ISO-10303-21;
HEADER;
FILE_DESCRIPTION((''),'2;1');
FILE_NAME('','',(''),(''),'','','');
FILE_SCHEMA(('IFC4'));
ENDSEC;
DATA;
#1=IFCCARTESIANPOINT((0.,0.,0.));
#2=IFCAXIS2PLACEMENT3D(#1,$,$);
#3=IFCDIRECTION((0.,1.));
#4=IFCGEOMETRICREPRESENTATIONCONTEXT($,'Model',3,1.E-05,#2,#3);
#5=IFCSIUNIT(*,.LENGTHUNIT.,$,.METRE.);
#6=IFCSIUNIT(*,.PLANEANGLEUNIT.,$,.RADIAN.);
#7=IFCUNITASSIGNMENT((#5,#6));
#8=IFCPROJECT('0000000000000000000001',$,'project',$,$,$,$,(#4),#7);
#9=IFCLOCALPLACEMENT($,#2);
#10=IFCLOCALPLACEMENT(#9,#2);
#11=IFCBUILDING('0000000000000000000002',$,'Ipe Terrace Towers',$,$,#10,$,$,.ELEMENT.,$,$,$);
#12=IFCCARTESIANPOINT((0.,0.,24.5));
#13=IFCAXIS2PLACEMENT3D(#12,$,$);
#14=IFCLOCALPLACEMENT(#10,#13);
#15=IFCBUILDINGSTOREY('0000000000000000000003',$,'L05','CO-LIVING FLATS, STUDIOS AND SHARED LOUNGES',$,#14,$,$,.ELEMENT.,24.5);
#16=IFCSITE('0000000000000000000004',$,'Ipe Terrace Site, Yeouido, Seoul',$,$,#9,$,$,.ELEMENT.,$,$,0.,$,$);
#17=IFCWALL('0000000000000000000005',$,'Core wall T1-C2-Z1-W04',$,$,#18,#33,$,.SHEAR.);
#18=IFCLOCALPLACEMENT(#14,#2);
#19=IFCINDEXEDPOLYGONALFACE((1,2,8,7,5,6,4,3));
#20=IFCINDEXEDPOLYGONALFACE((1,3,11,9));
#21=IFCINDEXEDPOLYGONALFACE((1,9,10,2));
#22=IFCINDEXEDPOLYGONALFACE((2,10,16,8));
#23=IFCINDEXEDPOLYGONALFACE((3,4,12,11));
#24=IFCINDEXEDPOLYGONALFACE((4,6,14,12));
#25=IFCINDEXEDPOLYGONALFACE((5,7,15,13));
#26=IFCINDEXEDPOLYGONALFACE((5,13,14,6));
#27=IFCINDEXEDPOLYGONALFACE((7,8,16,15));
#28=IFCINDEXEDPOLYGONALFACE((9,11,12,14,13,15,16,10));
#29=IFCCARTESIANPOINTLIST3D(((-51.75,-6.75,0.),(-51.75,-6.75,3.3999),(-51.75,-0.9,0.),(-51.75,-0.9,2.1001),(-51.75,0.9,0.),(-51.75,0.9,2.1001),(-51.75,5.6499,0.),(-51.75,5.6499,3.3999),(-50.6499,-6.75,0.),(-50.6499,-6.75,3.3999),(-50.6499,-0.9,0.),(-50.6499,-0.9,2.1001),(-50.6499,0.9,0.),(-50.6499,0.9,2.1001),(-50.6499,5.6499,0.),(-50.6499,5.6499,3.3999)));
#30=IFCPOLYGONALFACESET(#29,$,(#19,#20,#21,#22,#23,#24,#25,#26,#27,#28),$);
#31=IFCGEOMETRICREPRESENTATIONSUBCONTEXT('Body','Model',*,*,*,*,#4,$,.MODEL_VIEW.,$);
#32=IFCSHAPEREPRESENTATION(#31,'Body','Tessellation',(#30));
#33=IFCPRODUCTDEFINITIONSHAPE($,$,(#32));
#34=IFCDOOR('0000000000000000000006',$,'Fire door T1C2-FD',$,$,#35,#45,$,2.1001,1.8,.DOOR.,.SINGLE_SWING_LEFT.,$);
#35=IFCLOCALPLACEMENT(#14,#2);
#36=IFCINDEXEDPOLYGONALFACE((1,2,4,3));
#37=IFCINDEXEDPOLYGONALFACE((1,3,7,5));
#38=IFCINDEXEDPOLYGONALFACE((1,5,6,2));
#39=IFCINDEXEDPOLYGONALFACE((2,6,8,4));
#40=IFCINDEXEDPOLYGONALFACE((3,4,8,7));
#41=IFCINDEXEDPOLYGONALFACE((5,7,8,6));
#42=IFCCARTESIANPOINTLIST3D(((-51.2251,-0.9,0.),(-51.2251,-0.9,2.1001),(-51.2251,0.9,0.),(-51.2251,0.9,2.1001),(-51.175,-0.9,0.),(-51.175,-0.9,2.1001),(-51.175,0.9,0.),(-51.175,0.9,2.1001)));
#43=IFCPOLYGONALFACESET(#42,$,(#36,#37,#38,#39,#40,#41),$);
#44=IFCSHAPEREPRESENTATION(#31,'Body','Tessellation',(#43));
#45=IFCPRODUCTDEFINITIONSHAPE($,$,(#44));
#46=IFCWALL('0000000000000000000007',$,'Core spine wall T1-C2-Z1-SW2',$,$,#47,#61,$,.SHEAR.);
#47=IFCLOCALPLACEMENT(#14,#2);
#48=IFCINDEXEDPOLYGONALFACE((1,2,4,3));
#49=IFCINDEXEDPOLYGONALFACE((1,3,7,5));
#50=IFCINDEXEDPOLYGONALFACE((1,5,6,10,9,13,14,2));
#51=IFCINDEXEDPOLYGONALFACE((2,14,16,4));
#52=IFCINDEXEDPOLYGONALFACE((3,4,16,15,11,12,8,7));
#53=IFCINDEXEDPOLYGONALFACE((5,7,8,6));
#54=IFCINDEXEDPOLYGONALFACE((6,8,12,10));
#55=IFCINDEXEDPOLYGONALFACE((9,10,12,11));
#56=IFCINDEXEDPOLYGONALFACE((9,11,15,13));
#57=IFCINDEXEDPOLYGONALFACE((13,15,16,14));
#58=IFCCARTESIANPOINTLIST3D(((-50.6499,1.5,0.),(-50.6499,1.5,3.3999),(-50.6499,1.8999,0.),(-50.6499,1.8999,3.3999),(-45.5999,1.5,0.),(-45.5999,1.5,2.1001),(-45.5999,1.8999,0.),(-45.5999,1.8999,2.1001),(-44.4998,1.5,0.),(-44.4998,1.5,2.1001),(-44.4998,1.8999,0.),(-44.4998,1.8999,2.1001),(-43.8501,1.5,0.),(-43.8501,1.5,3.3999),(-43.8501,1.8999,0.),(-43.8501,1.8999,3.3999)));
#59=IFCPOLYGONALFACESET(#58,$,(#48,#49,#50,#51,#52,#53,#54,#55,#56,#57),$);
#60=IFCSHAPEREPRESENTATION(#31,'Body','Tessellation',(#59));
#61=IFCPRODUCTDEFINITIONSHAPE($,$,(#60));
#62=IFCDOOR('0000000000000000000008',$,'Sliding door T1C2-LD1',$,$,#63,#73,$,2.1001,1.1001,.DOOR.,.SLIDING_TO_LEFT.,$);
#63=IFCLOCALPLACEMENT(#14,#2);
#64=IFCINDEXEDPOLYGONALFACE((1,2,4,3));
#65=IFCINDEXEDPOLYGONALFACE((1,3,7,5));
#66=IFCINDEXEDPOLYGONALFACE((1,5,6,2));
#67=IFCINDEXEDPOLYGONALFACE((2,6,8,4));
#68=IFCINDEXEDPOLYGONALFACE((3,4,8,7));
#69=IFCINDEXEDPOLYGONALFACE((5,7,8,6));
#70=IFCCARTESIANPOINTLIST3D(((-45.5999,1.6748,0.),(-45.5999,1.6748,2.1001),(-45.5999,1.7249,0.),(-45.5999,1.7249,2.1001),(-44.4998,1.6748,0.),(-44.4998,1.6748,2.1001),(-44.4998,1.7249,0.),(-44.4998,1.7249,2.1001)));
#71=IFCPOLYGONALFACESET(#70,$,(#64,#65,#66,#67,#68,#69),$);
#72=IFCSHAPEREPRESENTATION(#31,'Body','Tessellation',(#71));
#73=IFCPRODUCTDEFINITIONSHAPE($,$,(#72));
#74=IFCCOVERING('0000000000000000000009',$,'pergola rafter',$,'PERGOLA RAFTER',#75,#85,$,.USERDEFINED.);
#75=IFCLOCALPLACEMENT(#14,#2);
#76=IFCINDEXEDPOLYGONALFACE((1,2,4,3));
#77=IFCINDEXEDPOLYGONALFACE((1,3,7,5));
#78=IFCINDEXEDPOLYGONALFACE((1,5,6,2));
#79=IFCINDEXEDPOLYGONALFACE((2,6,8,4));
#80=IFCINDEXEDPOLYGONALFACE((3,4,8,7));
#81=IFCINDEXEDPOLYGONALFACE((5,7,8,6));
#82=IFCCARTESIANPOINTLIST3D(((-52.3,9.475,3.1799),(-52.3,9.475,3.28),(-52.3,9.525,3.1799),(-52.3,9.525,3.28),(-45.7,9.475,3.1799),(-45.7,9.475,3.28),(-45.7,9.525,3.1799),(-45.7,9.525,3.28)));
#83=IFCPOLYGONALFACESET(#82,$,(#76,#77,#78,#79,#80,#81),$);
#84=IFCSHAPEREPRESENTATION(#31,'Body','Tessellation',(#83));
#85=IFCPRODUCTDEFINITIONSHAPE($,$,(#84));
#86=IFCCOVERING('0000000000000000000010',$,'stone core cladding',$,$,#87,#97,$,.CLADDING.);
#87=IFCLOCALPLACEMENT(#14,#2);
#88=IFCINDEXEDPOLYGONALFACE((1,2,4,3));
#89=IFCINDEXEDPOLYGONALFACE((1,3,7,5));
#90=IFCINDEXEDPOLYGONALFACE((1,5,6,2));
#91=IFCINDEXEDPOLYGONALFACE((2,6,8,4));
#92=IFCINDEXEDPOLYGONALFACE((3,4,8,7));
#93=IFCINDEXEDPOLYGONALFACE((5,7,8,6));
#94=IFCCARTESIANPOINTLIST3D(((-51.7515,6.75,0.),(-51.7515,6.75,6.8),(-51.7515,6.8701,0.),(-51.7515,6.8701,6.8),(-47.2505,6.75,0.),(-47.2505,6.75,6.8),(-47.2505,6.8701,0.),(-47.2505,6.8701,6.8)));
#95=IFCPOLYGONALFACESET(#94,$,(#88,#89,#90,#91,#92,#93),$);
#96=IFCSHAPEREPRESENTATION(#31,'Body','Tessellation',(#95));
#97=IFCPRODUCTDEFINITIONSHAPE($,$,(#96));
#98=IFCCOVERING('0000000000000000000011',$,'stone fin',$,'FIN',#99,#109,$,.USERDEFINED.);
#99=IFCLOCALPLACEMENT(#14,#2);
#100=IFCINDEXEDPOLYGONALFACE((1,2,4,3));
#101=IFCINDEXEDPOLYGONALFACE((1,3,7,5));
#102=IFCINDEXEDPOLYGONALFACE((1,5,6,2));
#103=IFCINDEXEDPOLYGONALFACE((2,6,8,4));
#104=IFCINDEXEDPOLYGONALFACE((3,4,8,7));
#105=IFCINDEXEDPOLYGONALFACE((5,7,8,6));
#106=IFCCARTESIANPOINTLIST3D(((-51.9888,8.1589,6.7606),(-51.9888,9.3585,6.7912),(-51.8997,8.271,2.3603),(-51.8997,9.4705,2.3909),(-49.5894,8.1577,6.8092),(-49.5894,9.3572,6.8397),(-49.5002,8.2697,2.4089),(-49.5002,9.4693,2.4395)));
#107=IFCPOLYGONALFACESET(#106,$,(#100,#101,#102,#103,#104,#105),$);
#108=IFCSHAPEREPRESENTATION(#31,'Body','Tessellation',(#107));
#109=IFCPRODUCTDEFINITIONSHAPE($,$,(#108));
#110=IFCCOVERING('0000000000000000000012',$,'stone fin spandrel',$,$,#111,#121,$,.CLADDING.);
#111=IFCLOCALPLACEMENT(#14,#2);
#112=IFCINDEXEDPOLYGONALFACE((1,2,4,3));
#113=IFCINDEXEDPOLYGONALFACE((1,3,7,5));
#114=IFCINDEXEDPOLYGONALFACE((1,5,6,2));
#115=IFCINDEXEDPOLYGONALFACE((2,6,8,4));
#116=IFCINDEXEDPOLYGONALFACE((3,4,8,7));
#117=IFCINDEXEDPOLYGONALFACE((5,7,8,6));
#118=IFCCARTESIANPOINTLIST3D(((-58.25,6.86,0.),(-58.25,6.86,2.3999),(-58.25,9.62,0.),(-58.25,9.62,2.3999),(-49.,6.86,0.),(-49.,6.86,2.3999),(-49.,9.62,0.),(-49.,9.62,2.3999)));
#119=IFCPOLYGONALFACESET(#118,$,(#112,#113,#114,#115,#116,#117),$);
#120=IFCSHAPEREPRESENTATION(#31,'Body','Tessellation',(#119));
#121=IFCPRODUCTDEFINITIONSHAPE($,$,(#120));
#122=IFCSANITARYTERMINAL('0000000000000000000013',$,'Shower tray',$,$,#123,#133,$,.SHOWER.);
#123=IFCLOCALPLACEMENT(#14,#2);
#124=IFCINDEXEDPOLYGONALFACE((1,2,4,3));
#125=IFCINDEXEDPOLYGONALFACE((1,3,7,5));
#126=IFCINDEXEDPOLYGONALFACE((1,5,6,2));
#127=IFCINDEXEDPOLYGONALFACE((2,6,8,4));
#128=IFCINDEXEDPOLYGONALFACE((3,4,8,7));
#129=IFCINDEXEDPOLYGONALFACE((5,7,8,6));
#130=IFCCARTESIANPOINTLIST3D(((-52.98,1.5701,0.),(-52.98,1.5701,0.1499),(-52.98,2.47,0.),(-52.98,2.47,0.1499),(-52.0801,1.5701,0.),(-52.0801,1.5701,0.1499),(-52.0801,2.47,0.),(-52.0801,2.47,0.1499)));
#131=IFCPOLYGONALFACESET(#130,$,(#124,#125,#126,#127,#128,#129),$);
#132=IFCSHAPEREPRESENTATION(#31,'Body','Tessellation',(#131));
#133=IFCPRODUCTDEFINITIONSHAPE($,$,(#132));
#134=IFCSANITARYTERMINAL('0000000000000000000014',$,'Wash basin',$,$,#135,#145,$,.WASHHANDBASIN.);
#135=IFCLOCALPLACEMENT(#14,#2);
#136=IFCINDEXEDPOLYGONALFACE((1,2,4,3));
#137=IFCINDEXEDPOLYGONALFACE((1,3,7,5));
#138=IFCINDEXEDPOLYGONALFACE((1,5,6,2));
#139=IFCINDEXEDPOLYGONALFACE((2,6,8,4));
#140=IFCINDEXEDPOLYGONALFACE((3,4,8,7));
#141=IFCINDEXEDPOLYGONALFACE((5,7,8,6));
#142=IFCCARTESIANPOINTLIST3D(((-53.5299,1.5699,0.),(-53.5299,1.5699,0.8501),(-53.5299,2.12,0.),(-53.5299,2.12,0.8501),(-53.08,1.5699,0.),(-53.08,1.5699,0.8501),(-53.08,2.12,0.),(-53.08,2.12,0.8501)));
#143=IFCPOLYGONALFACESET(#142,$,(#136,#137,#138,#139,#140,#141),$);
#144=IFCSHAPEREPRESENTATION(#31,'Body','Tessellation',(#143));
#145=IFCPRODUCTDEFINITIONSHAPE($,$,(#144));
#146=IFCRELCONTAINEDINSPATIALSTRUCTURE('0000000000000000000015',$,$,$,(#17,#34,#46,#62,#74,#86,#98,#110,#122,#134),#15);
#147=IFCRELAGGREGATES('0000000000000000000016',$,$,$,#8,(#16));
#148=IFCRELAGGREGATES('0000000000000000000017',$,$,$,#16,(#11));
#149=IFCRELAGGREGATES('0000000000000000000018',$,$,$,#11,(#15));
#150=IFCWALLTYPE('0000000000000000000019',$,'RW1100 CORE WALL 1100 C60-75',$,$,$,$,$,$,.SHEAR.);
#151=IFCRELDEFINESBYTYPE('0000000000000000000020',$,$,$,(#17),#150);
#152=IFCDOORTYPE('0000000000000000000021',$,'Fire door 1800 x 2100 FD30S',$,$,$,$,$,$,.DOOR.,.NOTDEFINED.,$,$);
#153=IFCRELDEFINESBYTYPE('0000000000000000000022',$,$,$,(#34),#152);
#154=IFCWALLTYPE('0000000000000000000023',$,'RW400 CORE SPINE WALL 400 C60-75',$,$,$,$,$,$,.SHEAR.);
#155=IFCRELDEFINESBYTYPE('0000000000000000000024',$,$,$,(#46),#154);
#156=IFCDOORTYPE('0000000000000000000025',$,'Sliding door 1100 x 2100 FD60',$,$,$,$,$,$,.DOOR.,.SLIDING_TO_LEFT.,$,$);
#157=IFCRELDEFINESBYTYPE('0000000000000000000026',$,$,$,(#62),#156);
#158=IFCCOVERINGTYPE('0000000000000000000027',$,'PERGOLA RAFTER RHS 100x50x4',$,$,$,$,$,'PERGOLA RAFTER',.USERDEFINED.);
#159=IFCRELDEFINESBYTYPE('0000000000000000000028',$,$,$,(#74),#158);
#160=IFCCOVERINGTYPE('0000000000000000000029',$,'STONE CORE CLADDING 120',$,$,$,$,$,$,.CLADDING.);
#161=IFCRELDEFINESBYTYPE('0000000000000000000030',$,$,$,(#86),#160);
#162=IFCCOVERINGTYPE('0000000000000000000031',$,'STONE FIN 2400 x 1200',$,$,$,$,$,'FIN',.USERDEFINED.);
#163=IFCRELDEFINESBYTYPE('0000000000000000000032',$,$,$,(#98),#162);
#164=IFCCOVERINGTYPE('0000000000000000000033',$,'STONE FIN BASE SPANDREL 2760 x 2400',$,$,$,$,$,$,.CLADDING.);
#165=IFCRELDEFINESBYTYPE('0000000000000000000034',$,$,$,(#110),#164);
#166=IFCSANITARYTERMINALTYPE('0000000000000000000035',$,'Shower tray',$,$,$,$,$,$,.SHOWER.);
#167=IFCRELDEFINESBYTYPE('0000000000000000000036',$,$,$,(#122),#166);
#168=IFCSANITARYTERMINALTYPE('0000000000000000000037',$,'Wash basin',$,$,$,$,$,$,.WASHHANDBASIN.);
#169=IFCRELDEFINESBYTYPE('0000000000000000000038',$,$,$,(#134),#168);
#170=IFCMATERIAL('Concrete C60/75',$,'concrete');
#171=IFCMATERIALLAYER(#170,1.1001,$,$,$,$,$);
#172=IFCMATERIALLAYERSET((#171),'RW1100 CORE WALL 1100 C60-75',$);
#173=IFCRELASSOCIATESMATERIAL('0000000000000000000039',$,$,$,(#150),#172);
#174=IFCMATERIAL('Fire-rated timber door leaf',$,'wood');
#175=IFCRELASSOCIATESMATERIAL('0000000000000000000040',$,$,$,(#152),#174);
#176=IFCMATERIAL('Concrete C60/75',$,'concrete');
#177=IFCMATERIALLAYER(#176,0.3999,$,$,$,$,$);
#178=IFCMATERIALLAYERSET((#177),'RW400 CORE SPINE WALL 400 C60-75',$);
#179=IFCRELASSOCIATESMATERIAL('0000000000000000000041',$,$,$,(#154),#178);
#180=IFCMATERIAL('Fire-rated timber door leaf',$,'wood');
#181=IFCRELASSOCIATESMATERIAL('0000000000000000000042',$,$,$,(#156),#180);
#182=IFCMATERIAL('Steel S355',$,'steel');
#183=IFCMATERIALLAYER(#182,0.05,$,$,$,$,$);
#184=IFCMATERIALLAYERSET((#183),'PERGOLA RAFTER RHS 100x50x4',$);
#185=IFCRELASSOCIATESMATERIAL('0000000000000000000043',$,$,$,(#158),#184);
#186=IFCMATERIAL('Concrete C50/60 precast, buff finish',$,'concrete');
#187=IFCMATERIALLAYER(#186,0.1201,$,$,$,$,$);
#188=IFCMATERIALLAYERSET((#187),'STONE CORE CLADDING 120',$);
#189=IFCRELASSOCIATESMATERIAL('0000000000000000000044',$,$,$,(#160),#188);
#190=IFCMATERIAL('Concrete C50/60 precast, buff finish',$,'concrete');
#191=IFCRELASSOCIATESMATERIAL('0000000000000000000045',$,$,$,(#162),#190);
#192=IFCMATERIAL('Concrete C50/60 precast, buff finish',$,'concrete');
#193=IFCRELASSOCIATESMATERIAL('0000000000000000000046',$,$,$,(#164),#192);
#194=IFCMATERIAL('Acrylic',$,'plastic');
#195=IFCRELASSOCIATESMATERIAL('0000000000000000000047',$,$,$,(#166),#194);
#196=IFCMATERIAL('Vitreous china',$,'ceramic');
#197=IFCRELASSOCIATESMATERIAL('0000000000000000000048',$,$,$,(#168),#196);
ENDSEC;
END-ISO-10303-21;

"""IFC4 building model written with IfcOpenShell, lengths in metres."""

from ifc_helpers import new_model, si_unit, direction, frame, frame_2d, origin, origin_2d, place, context, subcontext, project, spatial, rectangle, extrude, material, layer, layer_set, material_profile, profile_set, type_object, element, fill, save


model = new_model("IFC4")

# Units and contexts
model_context = context("Model", 3, precision=1e-05, world=origin(), true_north=direction((0.0, 1.0)))
body_context = subcontext(model_context, "Body", "Model", "MODEL_VIEW")
ifc_project = project(units=[si_unit("LENGTHUNIT", "METRE"), si_unit("PLANEANGLEUNIT", "RADIAN")], contexts=[model_context])

# Site, building, storey
site_placement = place(None, origin())
site = spatial("IfcSite", under=ifc_project, at=site_placement, Name="Ipe Terrace Site, Yeouido, Seoul", CompositionType="ELEMENT", RefElevation=0.0)
building_placement = place(site_placement, origin())
building = spatial("IfcBuilding", under=site, at=building_placement, Name="Ipe Terrace Towers", CompositionType="ELEMENT")
storey_placement = place(building_placement, frame((0.0, 0.0, 24.5)))
storey = spatial("IfcBuildingStorey", under=building, at=storey_placement, Name="L05", Description="CO-LIVING FLATS, STUDIOS AND SHARED LOUNGES", CompositionType="ELEMENT", Elevation=24.5)

# Walls, openings, doors
ifc_material_1 = material(Name="Concrete C60/75", Category="concrete")
ifc_layer_1 = layer(ifc_material_1, 1.1001)
ifc_layer_set_1 = layer_set([ifc_layer_1], Name="RW1100 CORE WALL 1100 C60-75")
wall_type_1 = type_object("IfcWallType", Name="RW1100 CORE WALL 1100 C60-75", PredefinedType="SHEAR", material=ifc_layer_set_1)
wall_1_placement = place(storey_placement, frame((-51.2, 5.6499, 0.0), z_axis=(0.0, 0.0, 1.0), x_axis=(0.0, -1.0, 0.0)))
wall_1 = element("IfcWall", 1, at=wall_1_placement, inside=storey, type_object=wall_type_1, Name="Core wall T1-C2-Z1-W04", PredefinedType="SHEAR", context=body_context, shape_type="SweptSolid", body=[
    extrude(rectangle(XDim=12.3999, YDim=1.1001, at=frame_2d((6.2, 0.0))), origin(), (0.0, 0.0, 1.0), 3.3999),
])
opening_1_placement = place(wall_1_placement, frame((4.75, 0.0, 0.0)))
opening_1 = element("IfcOpeningElement", 2, at=opening_1_placement, cuts=wall_1, PredefinedType="OPENING", context=body_context, shape_type="SweptSolid", body=[
    extrude(rectangle(XDim=1.8, YDim=2.1001, at=frame_2d((0.8999, 1.05))), frame((0.0, 0.5601, 0.0), z_axis=(0.0, -1.0, 0.0), x_axis=(1.0, 0.0, 0.0)), (0.0, 0.0, 1.0), 1.1201),
])
ifc_material_2 = material(Name="Fire-rated timber door leaf", Category="wood")
door_type_1 = type_object("IfcDoorType", Name="Fire door 1800 x 2100 FD30S", OperationType="NOTDEFINED", PredefinedType="DOOR", material=ifc_material_2)
door_1_placement = place(opening_1_placement, origin())
door_1 = element("IfcDoor", 3, at=door_1_placement, inside=storey, type_object=door_type_1, Name="Fire door T1C2-FD", OperationType="SINGLE_SWING_LEFT", OverallHeight=2.1001, OverallWidth=1.8, PredefinedType="DOOR", context=body_context, shape_type="SweptSolid", body=[
    extrude(rectangle(XDim=1.8, YDim=2.1001, at=frame_2d((0.8999, 1.05))), frame((0.0, 0.0249, 0.0), z_axis=(0.0, -1.0, 0.0), x_axis=(1.0, 0.0, 0.0)), (0.0, 0.0, 1.0), 0.05),
])
fill(opening_1, door_1)
ifc_material_3 = material(Name="Concrete C60/75", Category="concrete")
ifc_layer_2 = layer(ifc_material_3, 0.3999)
ifc_layer_set_2 = layer_set([ifc_layer_2], Name="RW400 CORE SPINE WALL 400 C60-75")
wall_type_2 = type_object("IfcWallType", Name="RW400 CORE SPINE WALL 400 C60-75", PredefinedType="SHEAR", material=ifc_layer_set_2)
wall_2_placement = place(storey_placement, frame((-50.6499, 1.7, 0.0), z_axis=(0.0, 0.0, 1.0), x_axis=(1.0, 0.0, 0.0)))
wall_2 = element("IfcWall", 4, at=wall_2_placement, inside=storey, type_object=wall_type_2, Name="Core spine wall T1-C2-Z1-SW2", PredefinedType="SHEAR", context=body_context, shape_type="SweptSolid", body=[
    extrude(rectangle(XDim=6.7998, YDim=0.3999, at=frame_2d((3.3999, 0.0))), origin(), (0.0, 0.0, 1.0), 3.3999),
])
opening_2_placement = place(wall_2_placement, frame((5.05, 0.0, 0.0)))
opening_2 = element("IfcOpeningElement", 5, at=opening_2_placement, cuts=wall_2, PredefinedType="OPENING", context=body_context, shape_type="SweptSolid", body=[
    extrude(rectangle(XDim=1.1001, YDim=2.1001, at=frame_2d((0.55, 1.05))), frame((0.0, 0.21, 0.0), z_axis=(0.0, -1.0, 0.0), x_axis=(1.0, 0.0, 0.0)), (0.0, 0.0, 1.0), 0.4199),
])
ifc_material_4 = material(Name="Fire-rated timber door leaf", Category="wood")
door_type_2 = type_object("IfcDoorType", Name="Sliding door 1100 x 2100 FD60", OperationType="SLIDING_TO_LEFT", PredefinedType="DOOR", material=ifc_material_4)
door_2_placement = place(opening_2_placement, origin())
door_2 = element("IfcDoor", 6, at=door_2_placement, inside=storey, type_object=door_type_2, Name="Sliding door T1C2-LD1", OperationType="SLIDING_TO_LEFT", OverallHeight=2.1001, OverallWidth=1.1001, PredefinedType="DOOR", context=body_context, shape_type="SweptSolid", body=[
    extrude(rectangle(XDim=1.1001, YDim=2.1001, at=frame_2d((0.55, 1.05))), frame((0.0, 0.0249, 0.0), z_axis=(0.0, -1.0, 0.0), x_axis=(1.0, 0.0, 0.0)), (0.0, 0.0, 1.0), 0.05),
])
fill(opening_2, door_2)

# Coverings
ifc_material_5 = material(Name="Steel S355", Category="steel")
ifc_layer_3 = layer(ifc_material_5, 0.05)
ifc_layer_set_3 = layer_set([ifc_layer_3], Name="PERGOLA RAFTER RHS 100x50x4")
covering_type_1 = type_object("IfcCoveringType", Name="PERGOLA RAFTER RHS 100x50x4", ElementType="PERGOLA RAFTER", PredefinedType="USERDEFINED", material=ifc_layer_set_3)
covering_1_placement = place(storey_placement, frame((-49.0, 9.5, 3.1799), z_axis=(0.0, 0.0, 1.0), x_axis=(1.0, 0.0, 0.0)))
element("IfcCovering", 7, at=covering_1_placement, inside=storey, type_object=covering_type_1, Name="pergola rafter", ObjectType="PERGOLA RAFTER", PredefinedType="USERDEFINED", context=body_context, shape_type="SweptSolid", body=[
    extrude(rectangle(XDim=6.6001, YDim=0.05, at=origin_2d()), origin(), (0.0, 0.0, 1.0), 0.1001),
])
ifc_material_6 = material(Name="Concrete C50/60 precast, buff finish", Category="concrete")
ifc_layer_4 = layer(ifc_material_6, 0.1201)
ifc_layer_set_4 = layer_set([ifc_layer_4], Name="STONE CORE CLADDING 120")
covering_type_2 = type_object("IfcCoveringType", Name="STONE CORE CLADDING 120", PredefinedType="CLADDING", material=ifc_layer_set_4)
covering_2_placement = place(storey_placement, frame((-49.501, 6.8101, 0.0), z_axis=(0.0, 0.0, 1.0), x_axis=(-1.0, 0.0, 0.0)))
element("IfcCovering", 8, at=covering_2_placement, inside=storey, type_object=covering_type_2, Name="stone core cladding", PredefinedType="CLADDING", context=body_context, shape_type="SweptSolid", body=[
    extrude(rectangle(XDim=4.501, YDim=0.1201, at=origin_2d()), origin(), (0.0, 0.0, 1.0), 6.8),
])
ifc_material_7 = material(Name="Concrete C50/60 precast, buff finish", Category="concrete")
ifc_material_profile_1 = material_profile(ifc_material_7, rectangle(XDim=2.3999, YDim=1.2, at=origin_2d()), Name="STONE FIN 2400 x 1200")
ifc_profile_set_1 = profile_set([ifc_material_profile_1], Name="Concrete C50/60 precast, buff finish")
covering_type_3 = type_object("IfcCoveringType", Name="STONE FIN 2400 x 1200", ElementType="FIN", PredefinedType="USERDEFINED", material=ifc_profile_set_1)
covering_3_placement = place(storey_placement, frame((-50.7, 8.8701, 2.3999), z_axis=(-0.020241, -0.025454, 0.999471), x_axis=(-0.999795, 0.000515, -0.020235)))
element("IfcCovering", 9, at=covering_3_placement, inside=storey, type_object=covering_type_3, Name="stone fin", ObjectType="FIN", PredefinedType="USERDEFINED", context=body_context, shape_type="SweptSolid", body=[
    extrude(rectangle(XDim=2.3999, YDim=1.2, at=origin_2d()), origin(), (0.0, 0.0, 1.0), 4.4026),
])
ifc_material_8 = material(Name="Concrete C50/60 precast, buff finish", Category="concrete")
ifc_material_profile_2 = material_profile(ifc_material_8, rectangle(XDim=2.76, YDim=2.3999, at=origin_2d()), Name="STONE FIN BASE SPANDREL 2760 x 2400")
ifc_profile_set_2 = profile_set([ifc_material_profile_2], Name="Concrete C50/60 precast, buff finish")
covering_type_4 = type_object("IfcCoveringType", Name="STONE FIN BASE SPANDREL 2760 x 2400", PredefinedType="CLADDING", material=ifc_profile_set_2)
covering_4_placement = place(storey_placement, frame((-49.0, 8.24, 1.2), z_axis=(-1.0, 0.0, 0.0), x_axis=(0.0, 1.0, 0.0)))
element("IfcCovering", 10, at=covering_4_placement, inside=storey, type_object=covering_type_4, Name="stone fin spandrel", PredefinedType="CLADDING", context=body_context, shape_type="SweptSolid", body=[
    extrude(rectangle(XDim=2.76, YDim=2.3999, at=origin_2d()), origin(), (0.0, 0.0, 1.0), 9.25),
])

# Sanitary terminals
ifc_material_9 = material(Name="Acrylic", Category="plastic")
sanitary_terminal_type_1 = type_object("IfcSanitaryTerminalType", Name="Shower tray", PredefinedType="SHOWER", material=ifc_material_9)
sanitary_terminal_1_placement = place(storey_placement, frame((-52.53, 2.02, 0.0), z_axis=(0.0, 0.0, 1.0), x_axis=(0.0, 1.0, 0.0)))
element("IfcSanitaryTerminal", 11, at=sanitary_terminal_1_placement, inside=storey, type_object=sanitary_terminal_type_1, Name="Shower tray", PredefinedType="SHOWER", context=body_context, shape_type="SweptSolid", body=[
    extrude(rectangle(XDim=0.8999, YDim=0.8999, at=origin_2d()), origin(), (0.0, 0.0, 1.0), 0.1499),
])
ifc_material_10 = material(Name="Vitreous china", Category="ceramic")
sanitary_terminal_type_2 = type_object("IfcSanitaryTerminalType", Name="Wash basin", PredefinedType="WASHHANDBASIN", material=ifc_material_10)
sanitary_terminal_2_placement = place(storey_placement, frame((-53.3049, 1.845, 0.0), z_axis=(0.0, 0.0, 1.0), x_axis=(0.0, 1.0, 0.0)))
element("IfcSanitaryTerminal", 12, at=sanitary_terminal_2_placement, inside=storey, type_object=sanitary_terminal_type_2, Name="Wash basin", PredefinedType="WASHHANDBASIN", context=body_context, shape_type="SweptSolid", body=[
    extrude(rectangle(XDim=0.55, YDim=0.45, at=origin_2d()), origin(), (0.0, 0.0, 1.0), 0.8501),
])

save(model, "model.ifc")
